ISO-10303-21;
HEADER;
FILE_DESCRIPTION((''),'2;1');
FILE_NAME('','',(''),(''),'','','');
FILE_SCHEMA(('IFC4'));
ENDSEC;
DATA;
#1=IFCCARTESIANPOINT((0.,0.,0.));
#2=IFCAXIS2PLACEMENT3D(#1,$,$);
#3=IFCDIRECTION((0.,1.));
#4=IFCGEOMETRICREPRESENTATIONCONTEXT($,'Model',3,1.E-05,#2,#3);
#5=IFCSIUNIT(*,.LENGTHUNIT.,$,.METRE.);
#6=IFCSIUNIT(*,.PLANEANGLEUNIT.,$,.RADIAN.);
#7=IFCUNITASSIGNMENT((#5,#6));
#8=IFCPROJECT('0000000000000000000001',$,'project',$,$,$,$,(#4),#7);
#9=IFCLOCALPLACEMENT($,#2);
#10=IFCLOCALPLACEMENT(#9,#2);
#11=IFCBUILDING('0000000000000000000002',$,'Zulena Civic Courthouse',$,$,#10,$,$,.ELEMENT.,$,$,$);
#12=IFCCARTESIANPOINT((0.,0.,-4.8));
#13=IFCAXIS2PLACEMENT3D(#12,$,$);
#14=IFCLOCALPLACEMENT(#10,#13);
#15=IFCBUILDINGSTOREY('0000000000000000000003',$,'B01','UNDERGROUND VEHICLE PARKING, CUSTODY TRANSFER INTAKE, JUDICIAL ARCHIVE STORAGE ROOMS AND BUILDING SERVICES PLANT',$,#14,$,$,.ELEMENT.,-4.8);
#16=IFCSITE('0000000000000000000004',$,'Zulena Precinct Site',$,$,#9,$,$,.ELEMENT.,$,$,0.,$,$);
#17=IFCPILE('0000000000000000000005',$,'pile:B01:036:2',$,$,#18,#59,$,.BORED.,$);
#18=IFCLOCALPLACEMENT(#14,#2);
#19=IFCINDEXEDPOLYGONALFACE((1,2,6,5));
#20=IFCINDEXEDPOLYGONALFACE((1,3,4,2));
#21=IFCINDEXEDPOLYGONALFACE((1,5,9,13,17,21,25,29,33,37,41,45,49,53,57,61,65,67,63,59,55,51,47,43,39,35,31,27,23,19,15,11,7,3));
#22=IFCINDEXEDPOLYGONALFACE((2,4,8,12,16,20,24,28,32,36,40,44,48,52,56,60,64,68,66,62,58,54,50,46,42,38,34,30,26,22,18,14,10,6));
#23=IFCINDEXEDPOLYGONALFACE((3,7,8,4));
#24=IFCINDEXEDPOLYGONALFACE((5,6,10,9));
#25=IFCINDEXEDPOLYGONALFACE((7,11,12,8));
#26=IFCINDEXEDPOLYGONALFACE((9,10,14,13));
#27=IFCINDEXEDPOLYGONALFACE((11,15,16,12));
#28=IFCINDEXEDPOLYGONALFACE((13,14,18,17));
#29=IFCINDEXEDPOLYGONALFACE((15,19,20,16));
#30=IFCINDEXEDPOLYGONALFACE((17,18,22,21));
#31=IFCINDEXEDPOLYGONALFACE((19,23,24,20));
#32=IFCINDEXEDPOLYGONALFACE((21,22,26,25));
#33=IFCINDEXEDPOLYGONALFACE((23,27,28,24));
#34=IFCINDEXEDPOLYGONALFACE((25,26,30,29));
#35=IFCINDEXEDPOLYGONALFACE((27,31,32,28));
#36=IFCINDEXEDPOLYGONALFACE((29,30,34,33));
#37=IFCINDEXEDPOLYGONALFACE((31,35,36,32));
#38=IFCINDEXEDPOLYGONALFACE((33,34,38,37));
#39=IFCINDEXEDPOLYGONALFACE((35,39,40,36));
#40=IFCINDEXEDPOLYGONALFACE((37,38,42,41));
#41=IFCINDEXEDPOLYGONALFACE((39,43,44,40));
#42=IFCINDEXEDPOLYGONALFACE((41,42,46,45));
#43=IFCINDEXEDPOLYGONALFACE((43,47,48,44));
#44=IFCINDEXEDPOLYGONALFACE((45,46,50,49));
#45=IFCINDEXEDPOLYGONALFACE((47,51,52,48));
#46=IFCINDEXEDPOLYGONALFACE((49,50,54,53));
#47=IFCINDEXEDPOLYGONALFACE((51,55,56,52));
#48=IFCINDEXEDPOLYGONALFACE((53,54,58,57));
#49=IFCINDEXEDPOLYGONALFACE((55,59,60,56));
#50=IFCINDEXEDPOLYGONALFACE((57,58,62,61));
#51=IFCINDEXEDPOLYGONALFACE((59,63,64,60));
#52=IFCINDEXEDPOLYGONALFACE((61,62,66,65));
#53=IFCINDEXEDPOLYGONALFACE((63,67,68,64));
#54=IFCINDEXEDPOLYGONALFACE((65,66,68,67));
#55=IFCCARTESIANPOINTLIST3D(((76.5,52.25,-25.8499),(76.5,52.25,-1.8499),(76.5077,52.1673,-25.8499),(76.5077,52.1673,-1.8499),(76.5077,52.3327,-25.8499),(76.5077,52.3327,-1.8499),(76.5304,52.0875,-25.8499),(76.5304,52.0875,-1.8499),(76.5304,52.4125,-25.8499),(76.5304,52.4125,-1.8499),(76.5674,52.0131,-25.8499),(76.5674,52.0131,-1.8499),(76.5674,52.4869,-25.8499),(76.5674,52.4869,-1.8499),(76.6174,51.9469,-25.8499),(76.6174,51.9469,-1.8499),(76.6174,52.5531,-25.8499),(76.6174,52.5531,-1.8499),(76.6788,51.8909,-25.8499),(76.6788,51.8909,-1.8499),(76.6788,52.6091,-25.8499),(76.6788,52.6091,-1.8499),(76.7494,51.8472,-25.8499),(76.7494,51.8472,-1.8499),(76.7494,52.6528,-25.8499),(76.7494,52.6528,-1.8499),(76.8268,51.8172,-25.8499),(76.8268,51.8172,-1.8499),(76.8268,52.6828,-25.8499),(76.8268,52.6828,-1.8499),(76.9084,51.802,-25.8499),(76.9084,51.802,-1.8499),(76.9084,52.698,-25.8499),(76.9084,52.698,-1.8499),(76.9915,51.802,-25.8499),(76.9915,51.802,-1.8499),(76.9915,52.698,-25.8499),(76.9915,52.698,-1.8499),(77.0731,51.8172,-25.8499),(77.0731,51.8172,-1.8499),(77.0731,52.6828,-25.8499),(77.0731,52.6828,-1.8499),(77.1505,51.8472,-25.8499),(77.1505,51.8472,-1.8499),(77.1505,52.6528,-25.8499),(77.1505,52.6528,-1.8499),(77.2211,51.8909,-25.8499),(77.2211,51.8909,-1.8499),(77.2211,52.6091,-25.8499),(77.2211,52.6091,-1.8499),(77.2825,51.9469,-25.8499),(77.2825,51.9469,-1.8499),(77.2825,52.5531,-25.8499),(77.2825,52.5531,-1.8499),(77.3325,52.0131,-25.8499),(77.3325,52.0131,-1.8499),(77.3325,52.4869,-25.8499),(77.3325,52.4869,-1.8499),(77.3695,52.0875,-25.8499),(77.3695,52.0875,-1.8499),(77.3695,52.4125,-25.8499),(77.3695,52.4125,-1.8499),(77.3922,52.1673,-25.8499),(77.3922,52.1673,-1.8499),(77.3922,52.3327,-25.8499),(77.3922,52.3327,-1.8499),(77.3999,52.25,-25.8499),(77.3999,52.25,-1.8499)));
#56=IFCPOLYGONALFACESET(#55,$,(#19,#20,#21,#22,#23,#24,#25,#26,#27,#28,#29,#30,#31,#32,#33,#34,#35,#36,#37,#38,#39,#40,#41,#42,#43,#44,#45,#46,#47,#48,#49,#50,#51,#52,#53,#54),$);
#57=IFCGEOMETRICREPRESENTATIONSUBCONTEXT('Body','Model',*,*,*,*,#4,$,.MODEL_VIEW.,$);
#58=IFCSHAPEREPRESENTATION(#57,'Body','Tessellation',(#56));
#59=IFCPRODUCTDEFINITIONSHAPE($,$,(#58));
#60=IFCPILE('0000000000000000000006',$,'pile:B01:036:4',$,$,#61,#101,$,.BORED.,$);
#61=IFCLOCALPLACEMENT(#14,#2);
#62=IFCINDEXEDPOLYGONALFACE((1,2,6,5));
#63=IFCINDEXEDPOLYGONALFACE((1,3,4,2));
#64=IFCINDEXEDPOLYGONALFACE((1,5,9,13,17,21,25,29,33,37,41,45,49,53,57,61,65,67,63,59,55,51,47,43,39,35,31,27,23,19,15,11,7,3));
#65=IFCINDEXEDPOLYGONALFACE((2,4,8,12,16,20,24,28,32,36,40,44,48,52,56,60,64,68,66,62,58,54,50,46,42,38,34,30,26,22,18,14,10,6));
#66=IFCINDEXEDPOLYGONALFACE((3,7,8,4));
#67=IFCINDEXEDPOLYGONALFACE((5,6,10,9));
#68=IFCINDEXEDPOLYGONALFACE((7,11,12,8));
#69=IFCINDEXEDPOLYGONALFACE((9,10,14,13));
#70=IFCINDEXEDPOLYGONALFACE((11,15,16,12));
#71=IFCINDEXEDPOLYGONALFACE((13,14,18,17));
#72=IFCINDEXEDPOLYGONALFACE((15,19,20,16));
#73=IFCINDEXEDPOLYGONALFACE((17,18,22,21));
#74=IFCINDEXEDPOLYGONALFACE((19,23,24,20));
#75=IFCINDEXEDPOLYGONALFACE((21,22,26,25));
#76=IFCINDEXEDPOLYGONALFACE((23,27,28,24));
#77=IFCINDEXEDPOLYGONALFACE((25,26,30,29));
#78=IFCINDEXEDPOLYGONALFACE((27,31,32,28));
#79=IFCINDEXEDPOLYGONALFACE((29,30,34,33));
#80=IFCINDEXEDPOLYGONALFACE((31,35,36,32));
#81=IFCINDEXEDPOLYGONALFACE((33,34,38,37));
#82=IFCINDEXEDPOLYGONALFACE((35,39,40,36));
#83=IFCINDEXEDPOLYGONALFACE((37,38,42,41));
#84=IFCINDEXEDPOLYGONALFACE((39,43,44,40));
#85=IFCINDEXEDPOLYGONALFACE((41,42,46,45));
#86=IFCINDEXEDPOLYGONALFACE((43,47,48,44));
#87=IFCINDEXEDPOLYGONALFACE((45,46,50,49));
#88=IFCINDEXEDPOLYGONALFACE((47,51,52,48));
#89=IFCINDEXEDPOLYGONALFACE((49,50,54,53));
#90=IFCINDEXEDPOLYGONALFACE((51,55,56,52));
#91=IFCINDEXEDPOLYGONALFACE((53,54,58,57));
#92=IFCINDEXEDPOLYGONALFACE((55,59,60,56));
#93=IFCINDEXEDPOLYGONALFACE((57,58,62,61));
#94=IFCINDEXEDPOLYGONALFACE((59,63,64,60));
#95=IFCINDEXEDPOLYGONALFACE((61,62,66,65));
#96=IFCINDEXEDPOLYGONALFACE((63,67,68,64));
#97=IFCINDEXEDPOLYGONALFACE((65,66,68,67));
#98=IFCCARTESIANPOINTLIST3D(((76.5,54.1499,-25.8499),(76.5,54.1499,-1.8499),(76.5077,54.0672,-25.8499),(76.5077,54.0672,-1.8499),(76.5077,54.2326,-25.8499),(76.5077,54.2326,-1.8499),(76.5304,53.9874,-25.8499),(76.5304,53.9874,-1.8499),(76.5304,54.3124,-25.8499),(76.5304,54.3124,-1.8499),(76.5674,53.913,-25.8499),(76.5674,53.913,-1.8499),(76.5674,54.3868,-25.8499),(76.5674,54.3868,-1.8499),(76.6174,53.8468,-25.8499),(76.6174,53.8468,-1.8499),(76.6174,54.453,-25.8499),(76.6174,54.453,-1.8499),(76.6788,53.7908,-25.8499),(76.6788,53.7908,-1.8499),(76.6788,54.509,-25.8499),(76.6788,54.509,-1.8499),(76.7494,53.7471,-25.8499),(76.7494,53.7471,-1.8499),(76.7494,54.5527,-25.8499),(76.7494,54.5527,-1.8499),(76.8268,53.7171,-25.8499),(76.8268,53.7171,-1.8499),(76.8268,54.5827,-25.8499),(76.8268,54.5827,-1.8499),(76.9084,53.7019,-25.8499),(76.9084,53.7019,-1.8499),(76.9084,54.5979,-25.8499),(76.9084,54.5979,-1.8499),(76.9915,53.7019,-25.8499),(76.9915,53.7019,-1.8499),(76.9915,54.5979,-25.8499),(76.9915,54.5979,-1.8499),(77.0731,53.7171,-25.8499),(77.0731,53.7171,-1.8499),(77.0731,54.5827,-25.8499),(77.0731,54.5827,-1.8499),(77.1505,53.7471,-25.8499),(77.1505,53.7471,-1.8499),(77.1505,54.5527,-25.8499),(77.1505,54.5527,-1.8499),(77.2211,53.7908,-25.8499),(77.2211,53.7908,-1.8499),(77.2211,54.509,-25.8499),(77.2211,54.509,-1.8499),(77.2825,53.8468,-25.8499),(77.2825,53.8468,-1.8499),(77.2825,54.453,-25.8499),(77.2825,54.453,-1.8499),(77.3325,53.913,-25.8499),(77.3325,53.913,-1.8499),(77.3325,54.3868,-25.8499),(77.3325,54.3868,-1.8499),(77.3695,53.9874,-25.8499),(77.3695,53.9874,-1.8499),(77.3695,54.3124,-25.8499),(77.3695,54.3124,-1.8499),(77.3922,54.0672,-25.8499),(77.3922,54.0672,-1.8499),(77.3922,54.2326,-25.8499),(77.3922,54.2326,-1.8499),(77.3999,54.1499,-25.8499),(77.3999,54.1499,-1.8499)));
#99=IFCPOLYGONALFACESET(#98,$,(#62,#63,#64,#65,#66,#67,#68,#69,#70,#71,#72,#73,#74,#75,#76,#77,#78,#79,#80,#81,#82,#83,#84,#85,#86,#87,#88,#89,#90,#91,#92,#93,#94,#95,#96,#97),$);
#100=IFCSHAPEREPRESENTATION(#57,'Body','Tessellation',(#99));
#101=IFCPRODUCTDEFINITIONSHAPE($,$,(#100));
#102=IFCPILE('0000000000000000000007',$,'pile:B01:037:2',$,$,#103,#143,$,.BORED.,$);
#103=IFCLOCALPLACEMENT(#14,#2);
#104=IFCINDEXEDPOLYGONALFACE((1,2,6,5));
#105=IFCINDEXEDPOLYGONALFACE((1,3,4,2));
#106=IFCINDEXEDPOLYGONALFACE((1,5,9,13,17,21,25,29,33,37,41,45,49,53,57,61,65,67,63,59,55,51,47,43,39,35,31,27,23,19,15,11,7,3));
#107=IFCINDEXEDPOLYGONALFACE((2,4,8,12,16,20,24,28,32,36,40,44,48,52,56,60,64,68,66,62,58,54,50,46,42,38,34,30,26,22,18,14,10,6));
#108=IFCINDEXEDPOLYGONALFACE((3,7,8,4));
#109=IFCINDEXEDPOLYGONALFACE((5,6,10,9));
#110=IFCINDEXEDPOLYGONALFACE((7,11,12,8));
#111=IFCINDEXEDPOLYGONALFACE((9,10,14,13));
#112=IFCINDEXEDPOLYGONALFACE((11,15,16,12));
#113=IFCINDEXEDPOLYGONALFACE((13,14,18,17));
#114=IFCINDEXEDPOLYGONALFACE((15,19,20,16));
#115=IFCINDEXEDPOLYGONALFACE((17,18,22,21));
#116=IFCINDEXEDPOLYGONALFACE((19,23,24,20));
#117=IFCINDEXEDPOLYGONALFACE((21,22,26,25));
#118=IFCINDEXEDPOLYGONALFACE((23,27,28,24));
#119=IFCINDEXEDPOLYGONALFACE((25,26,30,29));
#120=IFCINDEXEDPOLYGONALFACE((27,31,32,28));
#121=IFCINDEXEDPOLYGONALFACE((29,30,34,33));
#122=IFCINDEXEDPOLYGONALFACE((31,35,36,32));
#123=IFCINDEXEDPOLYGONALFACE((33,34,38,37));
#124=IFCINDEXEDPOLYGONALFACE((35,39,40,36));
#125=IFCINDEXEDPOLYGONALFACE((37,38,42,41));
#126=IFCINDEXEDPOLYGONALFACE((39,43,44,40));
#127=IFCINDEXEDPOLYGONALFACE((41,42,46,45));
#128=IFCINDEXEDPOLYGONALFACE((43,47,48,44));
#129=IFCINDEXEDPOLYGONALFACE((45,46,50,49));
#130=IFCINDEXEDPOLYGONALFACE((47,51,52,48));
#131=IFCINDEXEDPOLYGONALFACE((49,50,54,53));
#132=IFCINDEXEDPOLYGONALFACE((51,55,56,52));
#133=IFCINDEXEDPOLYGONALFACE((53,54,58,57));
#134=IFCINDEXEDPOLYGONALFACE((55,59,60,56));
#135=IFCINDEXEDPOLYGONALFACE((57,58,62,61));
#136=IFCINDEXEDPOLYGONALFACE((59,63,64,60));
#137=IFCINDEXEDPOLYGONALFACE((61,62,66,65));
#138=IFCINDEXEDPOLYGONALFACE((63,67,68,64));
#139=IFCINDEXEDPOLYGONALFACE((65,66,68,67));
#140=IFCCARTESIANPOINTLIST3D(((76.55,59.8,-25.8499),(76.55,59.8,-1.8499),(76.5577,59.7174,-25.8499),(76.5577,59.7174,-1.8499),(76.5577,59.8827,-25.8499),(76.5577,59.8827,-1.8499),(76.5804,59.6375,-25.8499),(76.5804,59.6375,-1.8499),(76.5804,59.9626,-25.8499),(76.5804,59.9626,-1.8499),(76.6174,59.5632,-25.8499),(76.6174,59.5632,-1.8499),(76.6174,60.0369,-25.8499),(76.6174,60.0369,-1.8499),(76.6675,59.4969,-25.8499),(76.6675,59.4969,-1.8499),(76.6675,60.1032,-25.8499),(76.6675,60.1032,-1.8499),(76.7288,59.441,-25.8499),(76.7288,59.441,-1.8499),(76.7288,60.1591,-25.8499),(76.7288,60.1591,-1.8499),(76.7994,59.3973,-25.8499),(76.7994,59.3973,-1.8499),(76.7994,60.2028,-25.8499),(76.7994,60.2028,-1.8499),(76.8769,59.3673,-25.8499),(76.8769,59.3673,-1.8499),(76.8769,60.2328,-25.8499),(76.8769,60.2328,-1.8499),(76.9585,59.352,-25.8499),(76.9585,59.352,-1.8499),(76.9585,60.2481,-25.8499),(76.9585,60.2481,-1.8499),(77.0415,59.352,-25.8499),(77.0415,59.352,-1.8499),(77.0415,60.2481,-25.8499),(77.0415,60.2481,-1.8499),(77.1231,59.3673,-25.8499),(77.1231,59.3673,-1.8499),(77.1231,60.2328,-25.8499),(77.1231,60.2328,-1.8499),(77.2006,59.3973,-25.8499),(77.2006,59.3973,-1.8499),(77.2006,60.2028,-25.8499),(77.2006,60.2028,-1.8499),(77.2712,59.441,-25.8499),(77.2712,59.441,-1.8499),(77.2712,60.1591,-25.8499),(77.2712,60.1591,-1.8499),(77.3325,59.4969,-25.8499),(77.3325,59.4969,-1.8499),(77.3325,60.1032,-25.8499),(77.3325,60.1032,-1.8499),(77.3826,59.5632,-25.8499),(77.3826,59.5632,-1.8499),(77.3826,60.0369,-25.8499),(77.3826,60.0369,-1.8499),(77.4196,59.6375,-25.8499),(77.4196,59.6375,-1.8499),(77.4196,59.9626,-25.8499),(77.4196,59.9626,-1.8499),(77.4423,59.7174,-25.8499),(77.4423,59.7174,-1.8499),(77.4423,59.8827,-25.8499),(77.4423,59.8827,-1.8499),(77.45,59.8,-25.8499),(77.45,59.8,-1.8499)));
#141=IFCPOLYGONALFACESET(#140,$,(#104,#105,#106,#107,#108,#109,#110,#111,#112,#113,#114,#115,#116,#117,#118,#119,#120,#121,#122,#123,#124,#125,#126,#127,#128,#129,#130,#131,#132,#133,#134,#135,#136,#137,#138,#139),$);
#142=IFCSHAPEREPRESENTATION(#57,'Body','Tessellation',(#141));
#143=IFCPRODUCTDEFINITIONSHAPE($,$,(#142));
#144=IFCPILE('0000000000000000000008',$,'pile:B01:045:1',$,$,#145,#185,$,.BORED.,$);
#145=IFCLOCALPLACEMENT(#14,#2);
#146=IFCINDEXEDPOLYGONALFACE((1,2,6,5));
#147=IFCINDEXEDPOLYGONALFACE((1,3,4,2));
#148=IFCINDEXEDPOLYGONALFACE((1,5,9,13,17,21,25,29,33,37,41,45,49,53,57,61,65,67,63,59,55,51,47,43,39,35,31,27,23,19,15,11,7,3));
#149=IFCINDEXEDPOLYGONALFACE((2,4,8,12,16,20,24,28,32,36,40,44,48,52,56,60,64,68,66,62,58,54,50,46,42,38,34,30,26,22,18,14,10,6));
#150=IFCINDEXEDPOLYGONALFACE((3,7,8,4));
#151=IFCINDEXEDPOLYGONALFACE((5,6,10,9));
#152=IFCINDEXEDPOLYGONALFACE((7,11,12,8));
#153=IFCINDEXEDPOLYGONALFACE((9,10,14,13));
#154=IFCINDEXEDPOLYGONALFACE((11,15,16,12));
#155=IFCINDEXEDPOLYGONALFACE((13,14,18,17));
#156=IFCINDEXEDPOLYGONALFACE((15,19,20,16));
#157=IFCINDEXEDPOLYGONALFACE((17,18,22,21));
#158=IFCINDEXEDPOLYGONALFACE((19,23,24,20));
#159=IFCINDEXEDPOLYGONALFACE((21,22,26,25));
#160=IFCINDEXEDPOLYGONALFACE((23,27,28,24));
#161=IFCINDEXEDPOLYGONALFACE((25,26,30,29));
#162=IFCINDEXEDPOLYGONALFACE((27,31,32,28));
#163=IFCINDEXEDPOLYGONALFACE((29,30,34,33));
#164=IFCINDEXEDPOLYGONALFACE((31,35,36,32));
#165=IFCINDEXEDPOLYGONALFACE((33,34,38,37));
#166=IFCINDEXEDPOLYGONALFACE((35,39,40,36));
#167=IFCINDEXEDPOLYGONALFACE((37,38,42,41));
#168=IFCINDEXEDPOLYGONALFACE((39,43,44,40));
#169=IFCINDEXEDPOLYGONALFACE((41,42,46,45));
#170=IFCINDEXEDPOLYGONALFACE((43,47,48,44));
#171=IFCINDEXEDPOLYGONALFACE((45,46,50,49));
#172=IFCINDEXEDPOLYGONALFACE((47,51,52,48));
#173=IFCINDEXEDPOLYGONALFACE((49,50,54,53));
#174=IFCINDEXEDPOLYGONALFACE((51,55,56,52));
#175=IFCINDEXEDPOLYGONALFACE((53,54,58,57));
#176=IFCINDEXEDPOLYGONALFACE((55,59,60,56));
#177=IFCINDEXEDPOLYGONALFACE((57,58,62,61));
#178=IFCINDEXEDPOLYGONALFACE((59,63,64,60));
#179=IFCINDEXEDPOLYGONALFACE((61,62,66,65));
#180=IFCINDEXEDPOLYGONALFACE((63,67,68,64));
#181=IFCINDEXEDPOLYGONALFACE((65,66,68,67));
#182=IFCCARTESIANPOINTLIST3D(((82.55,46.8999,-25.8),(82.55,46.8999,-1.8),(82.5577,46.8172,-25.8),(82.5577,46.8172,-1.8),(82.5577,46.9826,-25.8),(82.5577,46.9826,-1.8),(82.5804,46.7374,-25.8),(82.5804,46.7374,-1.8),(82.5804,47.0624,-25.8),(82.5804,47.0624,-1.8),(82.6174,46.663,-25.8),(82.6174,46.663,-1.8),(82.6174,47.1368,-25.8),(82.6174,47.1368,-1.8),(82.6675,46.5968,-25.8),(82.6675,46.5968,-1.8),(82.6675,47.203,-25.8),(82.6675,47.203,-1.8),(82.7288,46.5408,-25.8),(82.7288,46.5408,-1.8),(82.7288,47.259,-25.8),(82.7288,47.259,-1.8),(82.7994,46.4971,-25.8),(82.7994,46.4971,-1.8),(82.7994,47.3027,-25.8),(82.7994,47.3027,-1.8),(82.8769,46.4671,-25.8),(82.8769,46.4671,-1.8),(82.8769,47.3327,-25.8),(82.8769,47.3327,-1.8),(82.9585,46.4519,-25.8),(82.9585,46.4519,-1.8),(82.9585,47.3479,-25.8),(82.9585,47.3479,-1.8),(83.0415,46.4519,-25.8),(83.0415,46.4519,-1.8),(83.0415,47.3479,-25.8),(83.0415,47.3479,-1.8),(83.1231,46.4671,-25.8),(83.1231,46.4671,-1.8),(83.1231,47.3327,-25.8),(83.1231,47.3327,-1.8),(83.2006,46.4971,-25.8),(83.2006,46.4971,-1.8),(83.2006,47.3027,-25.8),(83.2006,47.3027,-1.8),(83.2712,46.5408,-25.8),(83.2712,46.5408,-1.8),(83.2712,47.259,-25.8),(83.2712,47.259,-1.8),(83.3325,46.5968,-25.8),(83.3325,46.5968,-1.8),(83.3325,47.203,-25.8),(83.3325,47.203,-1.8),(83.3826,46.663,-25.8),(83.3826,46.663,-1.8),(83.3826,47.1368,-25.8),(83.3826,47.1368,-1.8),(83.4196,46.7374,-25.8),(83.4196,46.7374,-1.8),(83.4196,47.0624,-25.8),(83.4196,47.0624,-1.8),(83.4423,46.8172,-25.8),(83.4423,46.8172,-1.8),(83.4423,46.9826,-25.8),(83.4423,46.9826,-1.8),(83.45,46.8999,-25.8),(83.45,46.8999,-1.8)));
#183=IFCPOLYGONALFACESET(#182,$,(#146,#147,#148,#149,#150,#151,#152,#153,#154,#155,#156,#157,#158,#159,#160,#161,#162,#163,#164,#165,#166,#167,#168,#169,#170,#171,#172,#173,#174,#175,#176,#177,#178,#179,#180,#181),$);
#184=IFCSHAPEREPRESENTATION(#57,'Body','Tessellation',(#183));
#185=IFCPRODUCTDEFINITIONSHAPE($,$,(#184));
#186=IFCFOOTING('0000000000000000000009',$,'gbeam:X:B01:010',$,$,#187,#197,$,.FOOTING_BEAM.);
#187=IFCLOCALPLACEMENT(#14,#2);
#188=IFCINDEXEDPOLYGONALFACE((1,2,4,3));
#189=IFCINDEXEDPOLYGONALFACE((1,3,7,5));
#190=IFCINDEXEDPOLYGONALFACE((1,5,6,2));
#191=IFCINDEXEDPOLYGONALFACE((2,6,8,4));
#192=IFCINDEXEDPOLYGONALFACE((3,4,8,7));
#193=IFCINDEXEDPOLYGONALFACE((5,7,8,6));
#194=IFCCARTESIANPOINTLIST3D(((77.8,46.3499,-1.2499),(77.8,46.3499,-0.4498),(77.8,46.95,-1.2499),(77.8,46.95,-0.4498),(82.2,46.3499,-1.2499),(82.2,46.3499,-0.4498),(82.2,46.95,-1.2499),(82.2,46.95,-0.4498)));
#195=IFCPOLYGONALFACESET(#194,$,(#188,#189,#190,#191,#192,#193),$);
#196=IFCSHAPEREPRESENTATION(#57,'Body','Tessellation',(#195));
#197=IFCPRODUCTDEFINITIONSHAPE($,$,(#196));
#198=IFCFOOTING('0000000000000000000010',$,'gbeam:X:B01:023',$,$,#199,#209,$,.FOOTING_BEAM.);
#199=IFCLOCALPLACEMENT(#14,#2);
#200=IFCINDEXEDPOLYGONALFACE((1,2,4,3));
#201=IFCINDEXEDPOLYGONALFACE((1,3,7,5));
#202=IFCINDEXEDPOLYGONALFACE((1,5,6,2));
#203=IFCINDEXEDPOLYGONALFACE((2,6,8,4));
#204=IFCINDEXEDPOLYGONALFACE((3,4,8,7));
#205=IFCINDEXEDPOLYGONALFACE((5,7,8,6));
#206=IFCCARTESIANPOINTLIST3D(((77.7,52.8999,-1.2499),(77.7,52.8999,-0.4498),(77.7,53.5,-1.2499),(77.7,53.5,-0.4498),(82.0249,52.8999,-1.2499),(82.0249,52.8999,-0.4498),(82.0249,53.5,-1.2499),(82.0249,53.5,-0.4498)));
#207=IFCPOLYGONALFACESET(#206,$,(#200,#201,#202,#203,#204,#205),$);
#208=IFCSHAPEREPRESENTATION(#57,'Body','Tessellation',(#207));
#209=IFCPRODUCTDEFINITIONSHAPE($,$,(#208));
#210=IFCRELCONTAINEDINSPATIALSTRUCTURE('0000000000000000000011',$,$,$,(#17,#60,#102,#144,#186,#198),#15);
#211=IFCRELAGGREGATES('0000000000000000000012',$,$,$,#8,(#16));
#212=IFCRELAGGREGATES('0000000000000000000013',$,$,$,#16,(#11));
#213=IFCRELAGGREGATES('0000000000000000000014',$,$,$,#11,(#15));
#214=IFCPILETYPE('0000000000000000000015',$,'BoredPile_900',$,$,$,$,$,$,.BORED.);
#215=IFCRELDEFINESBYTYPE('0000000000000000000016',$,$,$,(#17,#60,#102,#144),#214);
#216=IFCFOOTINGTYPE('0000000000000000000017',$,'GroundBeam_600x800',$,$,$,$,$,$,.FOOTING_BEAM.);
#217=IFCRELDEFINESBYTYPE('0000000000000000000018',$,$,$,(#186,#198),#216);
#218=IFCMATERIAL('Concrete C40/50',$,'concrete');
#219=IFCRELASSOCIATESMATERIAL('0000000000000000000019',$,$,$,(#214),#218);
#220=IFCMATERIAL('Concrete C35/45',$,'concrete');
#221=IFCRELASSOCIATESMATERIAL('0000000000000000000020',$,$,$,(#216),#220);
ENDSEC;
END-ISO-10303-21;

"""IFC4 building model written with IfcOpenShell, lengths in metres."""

from ifc_helpers import new_model, si_unit, direction, frame, origin, origin_2d, place, context, subcontext, project, spatial, rectangle, circle, extrude, material, material_profile, profile_set, type_object, element, save


model = new_model("IFC4")

# Units and contexts
model_context = context("Model", 3, precision=1e-05, world=origin(), true_north=direction((0.0, 1.0)))
body_context = subcontext(model_context, "Body", "Model", "MODEL_VIEW")
ifc_project = project(units=[si_unit("LENGTHUNIT", "METRE"), si_unit("PLANEANGLEUNIT", "RADIAN")], contexts=[model_context])

# Site, building, storey
site_placement = place(None, origin())
site = spatial("IfcSite", under=ifc_project, at=site_placement, Name="Zulena Precinct Site", CompositionType="ELEMENT", RefElevation=0.0)
building_placement = place(site_placement, origin())
building = spatial("IfcBuilding", under=site, at=building_placement, Name="Zulena Civic Courthouse", CompositionType="ELEMENT")
storey_placement = place(building_placement, frame((0.0, 0.0, -4.8)))
storey = spatial("IfcBuildingStorey", under=building, at=storey_placement, Name="B01", Description="UNDERGROUND VEHICLE PARKING, CUSTODY TRANSFER INTAKE, JUDICIAL ARCHIVE STORAGE ROOMS AND BUILDING SERVICES PLANT", CompositionType="ELEMENT", Elevation=-4.8)

# Piles
ifc_material_1 = material(Name="Concrete C40/50", Category="concrete")
ifc_material_profile_1 = material_profile(ifc_material_1, circle(Radius=0.45, at=origin_2d()), Name="PILE900")
ifc_profile_set_1 = profile_set([ifc_material_profile_1], Name="Concrete C40/50")
pile_type_1 = type_object("IfcPileType", Name="BoredPile_900", PredefinedType="BORED", material=ifc_profile_set_1)
for number, where, z_axis, x_axis, name in (
    (1, (76.95, 52.25, -1.8499), (0.0, 0.0, -1.0), (1.0, 0.0, 0.0), "pile:B01:036:2"),
    (2, (76.95, 54.1499, -1.8499), (0.0, 0.0, -1.0), (1.0, 0.0, 0.0), "pile:B01:036:4"),
    (3, (77.0, 59.8, -1.8499), (0.0, 0.0, -1.0), (1.0, 0.0, 0.0), "pile:B01:037:2"),
    (4, (83.0, 46.8999, -1.8), (0.0, 0.0, -1.0), (1.0, 0.0, 0.0), "pile:B01:045:1"),
):
    element("IfcPile", number, at=place(storey_placement, frame(where, z_axis=z_axis, x_axis=x_axis)), inside=storey, type_object=pile_type_1, Name=name, PredefinedType="BORED", context=body_context, shape_type="SweptSolid", body=[
        extrude(circle(Radius=0.45, at=origin_2d()), origin(), (0.0, 0.0, 1.0), 24.0),
    ])

# Footings
ifc_material_2 = material(Name="Concrete C35/45", Category="concrete")
ifc_material_profile_2 = material_profile(ifc_material_2, rectangle(XDim=0.6001, YDim=0.8, at=origin_2d()), Name="RC600X800")
ifc_profile_set_2 = profile_set([ifc_material_profile_2], Name="Concrete C35/45")
footing_type_1 = type_object("IfcFootingType", Name="GroundBeam_600x800", PredefinedType="FOOTING_BEAM", material=ifc_profile_set_2)
footing_1_placement = place(storey_placement, frame((77.8, 46.6499, -0.8499), z_axis=(1.0, 0.0, 0.0), x_axis=(0.0, 1.0, 0.0)))
element("IfcFooting", 5, at=footing_1_placement, inside=storey, type_object=footing_type_1, Name="gbeam:X:B01:010", PredefinedType="FOOTING_BEAM", context=body_context, shape_type="SweptSolid", body=[
    extrude(rectangle(XDim=0.6001, YDim=0.8, at=origin_2d()), origin(), (0.0, 0.0, 1.0), 4.3999),
])
footing_2_placement = place(storey_placement, frame((77.7, 53.2, -0.8499), z_axis=(1.0, 0.0, 0.0), x_axis=(0.0, 1.0, 0.0)))
element("IfcFooting", 6, at=footing_2_placement, inside=storey, type_object=footing_type_1, Name="gbeam:X:B01:023", PredefinedType="FOOTING_BEAM", context=body_context, shape_type="SweptSolid", body=[
    extrude(rectangle(XDim=0.6001, YDim=0.8, at=origin_2d()), origin(), (0.0, 0.0, 1.0), 4.325),
])

save(model, "model.ifc")
